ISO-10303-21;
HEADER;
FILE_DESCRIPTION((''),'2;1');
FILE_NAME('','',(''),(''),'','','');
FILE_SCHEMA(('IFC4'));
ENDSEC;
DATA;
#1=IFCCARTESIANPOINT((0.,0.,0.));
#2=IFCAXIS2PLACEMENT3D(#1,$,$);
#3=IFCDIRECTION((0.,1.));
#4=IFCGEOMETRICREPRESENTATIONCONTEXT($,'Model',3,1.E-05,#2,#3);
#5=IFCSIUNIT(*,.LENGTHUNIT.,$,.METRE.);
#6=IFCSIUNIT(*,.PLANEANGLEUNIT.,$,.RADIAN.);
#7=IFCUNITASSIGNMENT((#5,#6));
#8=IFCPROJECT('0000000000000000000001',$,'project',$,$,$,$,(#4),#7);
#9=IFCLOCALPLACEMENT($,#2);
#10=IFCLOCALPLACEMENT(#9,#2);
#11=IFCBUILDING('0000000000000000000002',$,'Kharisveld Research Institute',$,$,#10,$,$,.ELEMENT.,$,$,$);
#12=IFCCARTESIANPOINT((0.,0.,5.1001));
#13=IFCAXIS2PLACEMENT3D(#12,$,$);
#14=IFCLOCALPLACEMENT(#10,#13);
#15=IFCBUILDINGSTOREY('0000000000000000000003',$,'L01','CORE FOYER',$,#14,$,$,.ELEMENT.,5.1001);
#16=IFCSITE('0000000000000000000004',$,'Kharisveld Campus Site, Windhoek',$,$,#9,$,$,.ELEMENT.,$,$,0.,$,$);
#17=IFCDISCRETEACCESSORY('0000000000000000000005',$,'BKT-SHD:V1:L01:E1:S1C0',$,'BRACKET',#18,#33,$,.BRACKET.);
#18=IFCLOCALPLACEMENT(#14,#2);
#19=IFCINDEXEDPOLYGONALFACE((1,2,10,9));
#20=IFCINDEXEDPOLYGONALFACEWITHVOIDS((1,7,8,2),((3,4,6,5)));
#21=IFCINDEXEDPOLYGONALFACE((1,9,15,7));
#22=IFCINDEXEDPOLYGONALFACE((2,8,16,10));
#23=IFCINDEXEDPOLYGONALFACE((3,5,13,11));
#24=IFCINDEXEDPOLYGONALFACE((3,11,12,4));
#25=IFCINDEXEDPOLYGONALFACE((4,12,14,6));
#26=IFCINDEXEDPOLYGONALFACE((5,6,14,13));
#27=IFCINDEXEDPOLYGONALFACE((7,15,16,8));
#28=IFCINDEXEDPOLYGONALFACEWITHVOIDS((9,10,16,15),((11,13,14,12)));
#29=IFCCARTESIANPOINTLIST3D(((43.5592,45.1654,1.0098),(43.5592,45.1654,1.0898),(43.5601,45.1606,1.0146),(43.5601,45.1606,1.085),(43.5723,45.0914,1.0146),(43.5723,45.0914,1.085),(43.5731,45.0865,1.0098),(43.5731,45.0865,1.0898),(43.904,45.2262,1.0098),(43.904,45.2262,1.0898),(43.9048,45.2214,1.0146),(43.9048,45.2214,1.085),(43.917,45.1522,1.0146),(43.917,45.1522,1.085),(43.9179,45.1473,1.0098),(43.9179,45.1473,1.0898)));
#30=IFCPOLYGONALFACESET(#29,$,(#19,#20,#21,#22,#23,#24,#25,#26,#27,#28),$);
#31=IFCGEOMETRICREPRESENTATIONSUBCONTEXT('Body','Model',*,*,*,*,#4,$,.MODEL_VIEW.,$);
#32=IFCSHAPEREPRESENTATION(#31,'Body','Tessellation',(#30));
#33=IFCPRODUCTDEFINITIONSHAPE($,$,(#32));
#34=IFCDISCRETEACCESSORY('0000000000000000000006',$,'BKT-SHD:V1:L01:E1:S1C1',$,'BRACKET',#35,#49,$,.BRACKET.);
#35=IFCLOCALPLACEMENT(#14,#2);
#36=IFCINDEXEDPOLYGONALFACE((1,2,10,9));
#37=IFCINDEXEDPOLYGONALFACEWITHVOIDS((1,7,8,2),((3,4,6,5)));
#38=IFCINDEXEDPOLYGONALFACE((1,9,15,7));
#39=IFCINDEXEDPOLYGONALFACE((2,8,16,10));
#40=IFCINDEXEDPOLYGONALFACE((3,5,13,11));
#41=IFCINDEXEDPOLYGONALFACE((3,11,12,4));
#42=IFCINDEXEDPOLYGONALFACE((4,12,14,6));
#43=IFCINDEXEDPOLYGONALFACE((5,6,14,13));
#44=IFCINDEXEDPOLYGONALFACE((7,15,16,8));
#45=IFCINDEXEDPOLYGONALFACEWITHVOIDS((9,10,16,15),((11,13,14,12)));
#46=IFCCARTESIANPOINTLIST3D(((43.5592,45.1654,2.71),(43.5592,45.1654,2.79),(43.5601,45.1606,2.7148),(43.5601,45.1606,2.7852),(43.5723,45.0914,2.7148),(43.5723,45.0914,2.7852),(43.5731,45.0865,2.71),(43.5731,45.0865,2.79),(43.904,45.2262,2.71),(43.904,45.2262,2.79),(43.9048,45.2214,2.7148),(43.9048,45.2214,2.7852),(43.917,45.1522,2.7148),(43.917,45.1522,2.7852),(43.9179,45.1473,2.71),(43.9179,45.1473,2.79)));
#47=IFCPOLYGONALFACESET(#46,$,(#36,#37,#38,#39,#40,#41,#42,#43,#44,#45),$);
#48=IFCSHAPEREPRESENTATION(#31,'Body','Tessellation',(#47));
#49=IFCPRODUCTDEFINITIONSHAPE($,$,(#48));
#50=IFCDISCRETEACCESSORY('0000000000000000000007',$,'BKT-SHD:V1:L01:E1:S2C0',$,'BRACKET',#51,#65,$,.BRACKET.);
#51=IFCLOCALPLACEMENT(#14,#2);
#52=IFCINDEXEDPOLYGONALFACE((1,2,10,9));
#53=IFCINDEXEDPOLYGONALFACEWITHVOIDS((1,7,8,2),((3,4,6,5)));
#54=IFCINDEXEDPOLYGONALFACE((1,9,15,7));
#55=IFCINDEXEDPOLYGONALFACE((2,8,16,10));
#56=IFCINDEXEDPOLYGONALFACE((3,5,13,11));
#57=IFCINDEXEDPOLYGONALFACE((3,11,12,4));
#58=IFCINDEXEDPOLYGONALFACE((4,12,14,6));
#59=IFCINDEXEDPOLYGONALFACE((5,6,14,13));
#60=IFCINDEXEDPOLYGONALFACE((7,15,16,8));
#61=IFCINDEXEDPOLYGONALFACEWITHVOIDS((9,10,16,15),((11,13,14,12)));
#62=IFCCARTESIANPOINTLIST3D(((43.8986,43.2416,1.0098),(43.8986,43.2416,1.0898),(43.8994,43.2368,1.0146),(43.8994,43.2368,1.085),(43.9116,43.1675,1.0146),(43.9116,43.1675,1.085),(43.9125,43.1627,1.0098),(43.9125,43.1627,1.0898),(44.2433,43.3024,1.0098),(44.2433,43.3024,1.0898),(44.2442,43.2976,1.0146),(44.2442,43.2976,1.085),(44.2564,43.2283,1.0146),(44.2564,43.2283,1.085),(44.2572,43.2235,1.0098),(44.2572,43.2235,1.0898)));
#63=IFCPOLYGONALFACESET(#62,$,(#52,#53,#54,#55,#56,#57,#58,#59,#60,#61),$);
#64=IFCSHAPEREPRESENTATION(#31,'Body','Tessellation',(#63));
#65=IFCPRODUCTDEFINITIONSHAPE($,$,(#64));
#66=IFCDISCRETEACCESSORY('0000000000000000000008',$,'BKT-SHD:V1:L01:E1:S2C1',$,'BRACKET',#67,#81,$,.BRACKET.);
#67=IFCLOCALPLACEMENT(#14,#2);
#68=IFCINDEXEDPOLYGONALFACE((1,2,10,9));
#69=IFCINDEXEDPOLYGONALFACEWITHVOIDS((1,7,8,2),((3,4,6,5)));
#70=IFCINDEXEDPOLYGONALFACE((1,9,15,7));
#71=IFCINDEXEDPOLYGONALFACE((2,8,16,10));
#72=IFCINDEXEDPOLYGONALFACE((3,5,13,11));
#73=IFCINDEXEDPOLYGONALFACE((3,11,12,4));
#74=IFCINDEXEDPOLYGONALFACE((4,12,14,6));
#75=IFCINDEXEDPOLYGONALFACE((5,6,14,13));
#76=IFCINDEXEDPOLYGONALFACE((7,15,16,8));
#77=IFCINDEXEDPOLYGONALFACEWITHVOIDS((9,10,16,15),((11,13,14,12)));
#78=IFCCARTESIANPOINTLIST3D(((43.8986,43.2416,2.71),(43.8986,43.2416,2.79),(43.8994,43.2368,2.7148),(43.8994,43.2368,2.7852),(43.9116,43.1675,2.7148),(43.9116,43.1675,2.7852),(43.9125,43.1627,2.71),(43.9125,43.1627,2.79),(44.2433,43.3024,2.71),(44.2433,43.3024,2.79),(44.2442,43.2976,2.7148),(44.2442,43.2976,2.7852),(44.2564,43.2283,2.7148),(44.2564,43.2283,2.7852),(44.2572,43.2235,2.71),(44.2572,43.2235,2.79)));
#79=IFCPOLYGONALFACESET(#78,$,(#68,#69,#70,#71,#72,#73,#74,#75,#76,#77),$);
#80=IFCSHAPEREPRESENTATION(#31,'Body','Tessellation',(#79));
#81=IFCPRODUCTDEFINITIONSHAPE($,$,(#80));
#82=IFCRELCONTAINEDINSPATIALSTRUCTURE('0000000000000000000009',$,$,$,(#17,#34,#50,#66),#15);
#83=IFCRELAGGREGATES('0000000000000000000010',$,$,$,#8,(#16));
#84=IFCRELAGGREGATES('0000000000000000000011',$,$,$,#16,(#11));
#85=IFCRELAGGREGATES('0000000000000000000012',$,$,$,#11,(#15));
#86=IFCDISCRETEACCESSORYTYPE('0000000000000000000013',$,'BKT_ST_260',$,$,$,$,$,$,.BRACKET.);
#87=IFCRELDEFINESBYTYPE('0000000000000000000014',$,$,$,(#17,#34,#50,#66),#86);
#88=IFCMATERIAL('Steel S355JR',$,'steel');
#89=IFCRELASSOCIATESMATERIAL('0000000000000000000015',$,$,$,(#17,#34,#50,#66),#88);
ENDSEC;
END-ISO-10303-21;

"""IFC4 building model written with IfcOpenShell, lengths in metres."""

from ifc_helpers import new_model, si_unit, direction, frame, origin, origin_2d, place, context, subcontext, project, spatial, hollow_rectangle, extrude, material, type_object, element, save


model = new_model("IFC4")

# Units and contexts
model_context = context("Model", 3, precision=1e-05, world=origin(), true_north=direction((0.0, 1.0)))
body_context = subcontext(model_context, "Body", "Model", "MODEL_VIEW")
ifc_project = project(units=[si_unit("LENGTHUNIT", "METRE"), si_unit("PLANEANGLEUNIT", "RADIAN")], contexts=[model_context])

# Site, building, storey
site_placement = place(None, origin())
site = spatial("IfcSite", under=ifc_project, at=site_placement, Name="Kharisveld Campus Site, Windhoek", CompositionType="ELEMENT", RefElevation=0.0)
building_placement = place(site_placement, origin())
building = spatial("IfcBuilding", under=site, at=building_placement, Name="Kharisveld Research Institute", CompositionType="ELEMENT")
storey_placement = place(building_placement, frame((0.0, 0.0, 5.1001)))
storey = spatial("IfcBuildingStorey", under=building, at=storey_placement, Name="L01", Description="CORE FOYER", CompositionType="ELEMENT", Elevation=5.1001)

# Discrete accessories
ifc_material_1 = material(Name="Steel S355JR", Category="steel")
discrete_accessory_type = type_object("IfcDiscreteAccessoryType", Name="BKT_ST_260", PredefinedType="BRACKET")
for number, where, z_axis, x_axis, name in (
    (1, (43.5662, 45.126, 1.0498), (0.984805, 0.173666, 0.0), (-0.173666, 0.984805, 0.0), "BKT-SHD:V1:L01:E1:S1C0"),
    (2, (43.5662, 45.126, 2.75), (0.984805, 0.173666, 0.0), (-0.173666, 0.984805, 0.0), "BKT-SHD:V1:L01:E1:S1C1"),
    (3, (43.9055, 43.2021, 1.0498), (0.984805, 0.173666, 0.0), (-0.173666, 0.984805, 0.0), "BKT-SHD:V1:L01:E1:S2C0"),
    (4, (43.9055, 43.2021, 2.75), (0.984805, 0.173666, 0.0), (-0.173666, 0.984805, 0.0), "BKT-SHD:V1:L01:E1:S2C1"),
):
    element("IfcDiscreteAccessory", number, at=place(storey_placement, frame(where, z_axis=z_axis, x_axis=x_axis)), inside=storey, type_object=discrete_accessory_type, material=ifc_material_1, Name=name, ObjectType="BRACKET", PredefinedType="BRACKET", context=body_context, shape_type="SweptSolid", body=[
        extrude(hollow_rectangle(XDim=0.0801, YDim=0.0801, WallThickness=0.0049, at=origin_2d()), origin(), (0.0, 0.0, 1.0), 0.3501),
    ])

save(model, "model.ifc")
